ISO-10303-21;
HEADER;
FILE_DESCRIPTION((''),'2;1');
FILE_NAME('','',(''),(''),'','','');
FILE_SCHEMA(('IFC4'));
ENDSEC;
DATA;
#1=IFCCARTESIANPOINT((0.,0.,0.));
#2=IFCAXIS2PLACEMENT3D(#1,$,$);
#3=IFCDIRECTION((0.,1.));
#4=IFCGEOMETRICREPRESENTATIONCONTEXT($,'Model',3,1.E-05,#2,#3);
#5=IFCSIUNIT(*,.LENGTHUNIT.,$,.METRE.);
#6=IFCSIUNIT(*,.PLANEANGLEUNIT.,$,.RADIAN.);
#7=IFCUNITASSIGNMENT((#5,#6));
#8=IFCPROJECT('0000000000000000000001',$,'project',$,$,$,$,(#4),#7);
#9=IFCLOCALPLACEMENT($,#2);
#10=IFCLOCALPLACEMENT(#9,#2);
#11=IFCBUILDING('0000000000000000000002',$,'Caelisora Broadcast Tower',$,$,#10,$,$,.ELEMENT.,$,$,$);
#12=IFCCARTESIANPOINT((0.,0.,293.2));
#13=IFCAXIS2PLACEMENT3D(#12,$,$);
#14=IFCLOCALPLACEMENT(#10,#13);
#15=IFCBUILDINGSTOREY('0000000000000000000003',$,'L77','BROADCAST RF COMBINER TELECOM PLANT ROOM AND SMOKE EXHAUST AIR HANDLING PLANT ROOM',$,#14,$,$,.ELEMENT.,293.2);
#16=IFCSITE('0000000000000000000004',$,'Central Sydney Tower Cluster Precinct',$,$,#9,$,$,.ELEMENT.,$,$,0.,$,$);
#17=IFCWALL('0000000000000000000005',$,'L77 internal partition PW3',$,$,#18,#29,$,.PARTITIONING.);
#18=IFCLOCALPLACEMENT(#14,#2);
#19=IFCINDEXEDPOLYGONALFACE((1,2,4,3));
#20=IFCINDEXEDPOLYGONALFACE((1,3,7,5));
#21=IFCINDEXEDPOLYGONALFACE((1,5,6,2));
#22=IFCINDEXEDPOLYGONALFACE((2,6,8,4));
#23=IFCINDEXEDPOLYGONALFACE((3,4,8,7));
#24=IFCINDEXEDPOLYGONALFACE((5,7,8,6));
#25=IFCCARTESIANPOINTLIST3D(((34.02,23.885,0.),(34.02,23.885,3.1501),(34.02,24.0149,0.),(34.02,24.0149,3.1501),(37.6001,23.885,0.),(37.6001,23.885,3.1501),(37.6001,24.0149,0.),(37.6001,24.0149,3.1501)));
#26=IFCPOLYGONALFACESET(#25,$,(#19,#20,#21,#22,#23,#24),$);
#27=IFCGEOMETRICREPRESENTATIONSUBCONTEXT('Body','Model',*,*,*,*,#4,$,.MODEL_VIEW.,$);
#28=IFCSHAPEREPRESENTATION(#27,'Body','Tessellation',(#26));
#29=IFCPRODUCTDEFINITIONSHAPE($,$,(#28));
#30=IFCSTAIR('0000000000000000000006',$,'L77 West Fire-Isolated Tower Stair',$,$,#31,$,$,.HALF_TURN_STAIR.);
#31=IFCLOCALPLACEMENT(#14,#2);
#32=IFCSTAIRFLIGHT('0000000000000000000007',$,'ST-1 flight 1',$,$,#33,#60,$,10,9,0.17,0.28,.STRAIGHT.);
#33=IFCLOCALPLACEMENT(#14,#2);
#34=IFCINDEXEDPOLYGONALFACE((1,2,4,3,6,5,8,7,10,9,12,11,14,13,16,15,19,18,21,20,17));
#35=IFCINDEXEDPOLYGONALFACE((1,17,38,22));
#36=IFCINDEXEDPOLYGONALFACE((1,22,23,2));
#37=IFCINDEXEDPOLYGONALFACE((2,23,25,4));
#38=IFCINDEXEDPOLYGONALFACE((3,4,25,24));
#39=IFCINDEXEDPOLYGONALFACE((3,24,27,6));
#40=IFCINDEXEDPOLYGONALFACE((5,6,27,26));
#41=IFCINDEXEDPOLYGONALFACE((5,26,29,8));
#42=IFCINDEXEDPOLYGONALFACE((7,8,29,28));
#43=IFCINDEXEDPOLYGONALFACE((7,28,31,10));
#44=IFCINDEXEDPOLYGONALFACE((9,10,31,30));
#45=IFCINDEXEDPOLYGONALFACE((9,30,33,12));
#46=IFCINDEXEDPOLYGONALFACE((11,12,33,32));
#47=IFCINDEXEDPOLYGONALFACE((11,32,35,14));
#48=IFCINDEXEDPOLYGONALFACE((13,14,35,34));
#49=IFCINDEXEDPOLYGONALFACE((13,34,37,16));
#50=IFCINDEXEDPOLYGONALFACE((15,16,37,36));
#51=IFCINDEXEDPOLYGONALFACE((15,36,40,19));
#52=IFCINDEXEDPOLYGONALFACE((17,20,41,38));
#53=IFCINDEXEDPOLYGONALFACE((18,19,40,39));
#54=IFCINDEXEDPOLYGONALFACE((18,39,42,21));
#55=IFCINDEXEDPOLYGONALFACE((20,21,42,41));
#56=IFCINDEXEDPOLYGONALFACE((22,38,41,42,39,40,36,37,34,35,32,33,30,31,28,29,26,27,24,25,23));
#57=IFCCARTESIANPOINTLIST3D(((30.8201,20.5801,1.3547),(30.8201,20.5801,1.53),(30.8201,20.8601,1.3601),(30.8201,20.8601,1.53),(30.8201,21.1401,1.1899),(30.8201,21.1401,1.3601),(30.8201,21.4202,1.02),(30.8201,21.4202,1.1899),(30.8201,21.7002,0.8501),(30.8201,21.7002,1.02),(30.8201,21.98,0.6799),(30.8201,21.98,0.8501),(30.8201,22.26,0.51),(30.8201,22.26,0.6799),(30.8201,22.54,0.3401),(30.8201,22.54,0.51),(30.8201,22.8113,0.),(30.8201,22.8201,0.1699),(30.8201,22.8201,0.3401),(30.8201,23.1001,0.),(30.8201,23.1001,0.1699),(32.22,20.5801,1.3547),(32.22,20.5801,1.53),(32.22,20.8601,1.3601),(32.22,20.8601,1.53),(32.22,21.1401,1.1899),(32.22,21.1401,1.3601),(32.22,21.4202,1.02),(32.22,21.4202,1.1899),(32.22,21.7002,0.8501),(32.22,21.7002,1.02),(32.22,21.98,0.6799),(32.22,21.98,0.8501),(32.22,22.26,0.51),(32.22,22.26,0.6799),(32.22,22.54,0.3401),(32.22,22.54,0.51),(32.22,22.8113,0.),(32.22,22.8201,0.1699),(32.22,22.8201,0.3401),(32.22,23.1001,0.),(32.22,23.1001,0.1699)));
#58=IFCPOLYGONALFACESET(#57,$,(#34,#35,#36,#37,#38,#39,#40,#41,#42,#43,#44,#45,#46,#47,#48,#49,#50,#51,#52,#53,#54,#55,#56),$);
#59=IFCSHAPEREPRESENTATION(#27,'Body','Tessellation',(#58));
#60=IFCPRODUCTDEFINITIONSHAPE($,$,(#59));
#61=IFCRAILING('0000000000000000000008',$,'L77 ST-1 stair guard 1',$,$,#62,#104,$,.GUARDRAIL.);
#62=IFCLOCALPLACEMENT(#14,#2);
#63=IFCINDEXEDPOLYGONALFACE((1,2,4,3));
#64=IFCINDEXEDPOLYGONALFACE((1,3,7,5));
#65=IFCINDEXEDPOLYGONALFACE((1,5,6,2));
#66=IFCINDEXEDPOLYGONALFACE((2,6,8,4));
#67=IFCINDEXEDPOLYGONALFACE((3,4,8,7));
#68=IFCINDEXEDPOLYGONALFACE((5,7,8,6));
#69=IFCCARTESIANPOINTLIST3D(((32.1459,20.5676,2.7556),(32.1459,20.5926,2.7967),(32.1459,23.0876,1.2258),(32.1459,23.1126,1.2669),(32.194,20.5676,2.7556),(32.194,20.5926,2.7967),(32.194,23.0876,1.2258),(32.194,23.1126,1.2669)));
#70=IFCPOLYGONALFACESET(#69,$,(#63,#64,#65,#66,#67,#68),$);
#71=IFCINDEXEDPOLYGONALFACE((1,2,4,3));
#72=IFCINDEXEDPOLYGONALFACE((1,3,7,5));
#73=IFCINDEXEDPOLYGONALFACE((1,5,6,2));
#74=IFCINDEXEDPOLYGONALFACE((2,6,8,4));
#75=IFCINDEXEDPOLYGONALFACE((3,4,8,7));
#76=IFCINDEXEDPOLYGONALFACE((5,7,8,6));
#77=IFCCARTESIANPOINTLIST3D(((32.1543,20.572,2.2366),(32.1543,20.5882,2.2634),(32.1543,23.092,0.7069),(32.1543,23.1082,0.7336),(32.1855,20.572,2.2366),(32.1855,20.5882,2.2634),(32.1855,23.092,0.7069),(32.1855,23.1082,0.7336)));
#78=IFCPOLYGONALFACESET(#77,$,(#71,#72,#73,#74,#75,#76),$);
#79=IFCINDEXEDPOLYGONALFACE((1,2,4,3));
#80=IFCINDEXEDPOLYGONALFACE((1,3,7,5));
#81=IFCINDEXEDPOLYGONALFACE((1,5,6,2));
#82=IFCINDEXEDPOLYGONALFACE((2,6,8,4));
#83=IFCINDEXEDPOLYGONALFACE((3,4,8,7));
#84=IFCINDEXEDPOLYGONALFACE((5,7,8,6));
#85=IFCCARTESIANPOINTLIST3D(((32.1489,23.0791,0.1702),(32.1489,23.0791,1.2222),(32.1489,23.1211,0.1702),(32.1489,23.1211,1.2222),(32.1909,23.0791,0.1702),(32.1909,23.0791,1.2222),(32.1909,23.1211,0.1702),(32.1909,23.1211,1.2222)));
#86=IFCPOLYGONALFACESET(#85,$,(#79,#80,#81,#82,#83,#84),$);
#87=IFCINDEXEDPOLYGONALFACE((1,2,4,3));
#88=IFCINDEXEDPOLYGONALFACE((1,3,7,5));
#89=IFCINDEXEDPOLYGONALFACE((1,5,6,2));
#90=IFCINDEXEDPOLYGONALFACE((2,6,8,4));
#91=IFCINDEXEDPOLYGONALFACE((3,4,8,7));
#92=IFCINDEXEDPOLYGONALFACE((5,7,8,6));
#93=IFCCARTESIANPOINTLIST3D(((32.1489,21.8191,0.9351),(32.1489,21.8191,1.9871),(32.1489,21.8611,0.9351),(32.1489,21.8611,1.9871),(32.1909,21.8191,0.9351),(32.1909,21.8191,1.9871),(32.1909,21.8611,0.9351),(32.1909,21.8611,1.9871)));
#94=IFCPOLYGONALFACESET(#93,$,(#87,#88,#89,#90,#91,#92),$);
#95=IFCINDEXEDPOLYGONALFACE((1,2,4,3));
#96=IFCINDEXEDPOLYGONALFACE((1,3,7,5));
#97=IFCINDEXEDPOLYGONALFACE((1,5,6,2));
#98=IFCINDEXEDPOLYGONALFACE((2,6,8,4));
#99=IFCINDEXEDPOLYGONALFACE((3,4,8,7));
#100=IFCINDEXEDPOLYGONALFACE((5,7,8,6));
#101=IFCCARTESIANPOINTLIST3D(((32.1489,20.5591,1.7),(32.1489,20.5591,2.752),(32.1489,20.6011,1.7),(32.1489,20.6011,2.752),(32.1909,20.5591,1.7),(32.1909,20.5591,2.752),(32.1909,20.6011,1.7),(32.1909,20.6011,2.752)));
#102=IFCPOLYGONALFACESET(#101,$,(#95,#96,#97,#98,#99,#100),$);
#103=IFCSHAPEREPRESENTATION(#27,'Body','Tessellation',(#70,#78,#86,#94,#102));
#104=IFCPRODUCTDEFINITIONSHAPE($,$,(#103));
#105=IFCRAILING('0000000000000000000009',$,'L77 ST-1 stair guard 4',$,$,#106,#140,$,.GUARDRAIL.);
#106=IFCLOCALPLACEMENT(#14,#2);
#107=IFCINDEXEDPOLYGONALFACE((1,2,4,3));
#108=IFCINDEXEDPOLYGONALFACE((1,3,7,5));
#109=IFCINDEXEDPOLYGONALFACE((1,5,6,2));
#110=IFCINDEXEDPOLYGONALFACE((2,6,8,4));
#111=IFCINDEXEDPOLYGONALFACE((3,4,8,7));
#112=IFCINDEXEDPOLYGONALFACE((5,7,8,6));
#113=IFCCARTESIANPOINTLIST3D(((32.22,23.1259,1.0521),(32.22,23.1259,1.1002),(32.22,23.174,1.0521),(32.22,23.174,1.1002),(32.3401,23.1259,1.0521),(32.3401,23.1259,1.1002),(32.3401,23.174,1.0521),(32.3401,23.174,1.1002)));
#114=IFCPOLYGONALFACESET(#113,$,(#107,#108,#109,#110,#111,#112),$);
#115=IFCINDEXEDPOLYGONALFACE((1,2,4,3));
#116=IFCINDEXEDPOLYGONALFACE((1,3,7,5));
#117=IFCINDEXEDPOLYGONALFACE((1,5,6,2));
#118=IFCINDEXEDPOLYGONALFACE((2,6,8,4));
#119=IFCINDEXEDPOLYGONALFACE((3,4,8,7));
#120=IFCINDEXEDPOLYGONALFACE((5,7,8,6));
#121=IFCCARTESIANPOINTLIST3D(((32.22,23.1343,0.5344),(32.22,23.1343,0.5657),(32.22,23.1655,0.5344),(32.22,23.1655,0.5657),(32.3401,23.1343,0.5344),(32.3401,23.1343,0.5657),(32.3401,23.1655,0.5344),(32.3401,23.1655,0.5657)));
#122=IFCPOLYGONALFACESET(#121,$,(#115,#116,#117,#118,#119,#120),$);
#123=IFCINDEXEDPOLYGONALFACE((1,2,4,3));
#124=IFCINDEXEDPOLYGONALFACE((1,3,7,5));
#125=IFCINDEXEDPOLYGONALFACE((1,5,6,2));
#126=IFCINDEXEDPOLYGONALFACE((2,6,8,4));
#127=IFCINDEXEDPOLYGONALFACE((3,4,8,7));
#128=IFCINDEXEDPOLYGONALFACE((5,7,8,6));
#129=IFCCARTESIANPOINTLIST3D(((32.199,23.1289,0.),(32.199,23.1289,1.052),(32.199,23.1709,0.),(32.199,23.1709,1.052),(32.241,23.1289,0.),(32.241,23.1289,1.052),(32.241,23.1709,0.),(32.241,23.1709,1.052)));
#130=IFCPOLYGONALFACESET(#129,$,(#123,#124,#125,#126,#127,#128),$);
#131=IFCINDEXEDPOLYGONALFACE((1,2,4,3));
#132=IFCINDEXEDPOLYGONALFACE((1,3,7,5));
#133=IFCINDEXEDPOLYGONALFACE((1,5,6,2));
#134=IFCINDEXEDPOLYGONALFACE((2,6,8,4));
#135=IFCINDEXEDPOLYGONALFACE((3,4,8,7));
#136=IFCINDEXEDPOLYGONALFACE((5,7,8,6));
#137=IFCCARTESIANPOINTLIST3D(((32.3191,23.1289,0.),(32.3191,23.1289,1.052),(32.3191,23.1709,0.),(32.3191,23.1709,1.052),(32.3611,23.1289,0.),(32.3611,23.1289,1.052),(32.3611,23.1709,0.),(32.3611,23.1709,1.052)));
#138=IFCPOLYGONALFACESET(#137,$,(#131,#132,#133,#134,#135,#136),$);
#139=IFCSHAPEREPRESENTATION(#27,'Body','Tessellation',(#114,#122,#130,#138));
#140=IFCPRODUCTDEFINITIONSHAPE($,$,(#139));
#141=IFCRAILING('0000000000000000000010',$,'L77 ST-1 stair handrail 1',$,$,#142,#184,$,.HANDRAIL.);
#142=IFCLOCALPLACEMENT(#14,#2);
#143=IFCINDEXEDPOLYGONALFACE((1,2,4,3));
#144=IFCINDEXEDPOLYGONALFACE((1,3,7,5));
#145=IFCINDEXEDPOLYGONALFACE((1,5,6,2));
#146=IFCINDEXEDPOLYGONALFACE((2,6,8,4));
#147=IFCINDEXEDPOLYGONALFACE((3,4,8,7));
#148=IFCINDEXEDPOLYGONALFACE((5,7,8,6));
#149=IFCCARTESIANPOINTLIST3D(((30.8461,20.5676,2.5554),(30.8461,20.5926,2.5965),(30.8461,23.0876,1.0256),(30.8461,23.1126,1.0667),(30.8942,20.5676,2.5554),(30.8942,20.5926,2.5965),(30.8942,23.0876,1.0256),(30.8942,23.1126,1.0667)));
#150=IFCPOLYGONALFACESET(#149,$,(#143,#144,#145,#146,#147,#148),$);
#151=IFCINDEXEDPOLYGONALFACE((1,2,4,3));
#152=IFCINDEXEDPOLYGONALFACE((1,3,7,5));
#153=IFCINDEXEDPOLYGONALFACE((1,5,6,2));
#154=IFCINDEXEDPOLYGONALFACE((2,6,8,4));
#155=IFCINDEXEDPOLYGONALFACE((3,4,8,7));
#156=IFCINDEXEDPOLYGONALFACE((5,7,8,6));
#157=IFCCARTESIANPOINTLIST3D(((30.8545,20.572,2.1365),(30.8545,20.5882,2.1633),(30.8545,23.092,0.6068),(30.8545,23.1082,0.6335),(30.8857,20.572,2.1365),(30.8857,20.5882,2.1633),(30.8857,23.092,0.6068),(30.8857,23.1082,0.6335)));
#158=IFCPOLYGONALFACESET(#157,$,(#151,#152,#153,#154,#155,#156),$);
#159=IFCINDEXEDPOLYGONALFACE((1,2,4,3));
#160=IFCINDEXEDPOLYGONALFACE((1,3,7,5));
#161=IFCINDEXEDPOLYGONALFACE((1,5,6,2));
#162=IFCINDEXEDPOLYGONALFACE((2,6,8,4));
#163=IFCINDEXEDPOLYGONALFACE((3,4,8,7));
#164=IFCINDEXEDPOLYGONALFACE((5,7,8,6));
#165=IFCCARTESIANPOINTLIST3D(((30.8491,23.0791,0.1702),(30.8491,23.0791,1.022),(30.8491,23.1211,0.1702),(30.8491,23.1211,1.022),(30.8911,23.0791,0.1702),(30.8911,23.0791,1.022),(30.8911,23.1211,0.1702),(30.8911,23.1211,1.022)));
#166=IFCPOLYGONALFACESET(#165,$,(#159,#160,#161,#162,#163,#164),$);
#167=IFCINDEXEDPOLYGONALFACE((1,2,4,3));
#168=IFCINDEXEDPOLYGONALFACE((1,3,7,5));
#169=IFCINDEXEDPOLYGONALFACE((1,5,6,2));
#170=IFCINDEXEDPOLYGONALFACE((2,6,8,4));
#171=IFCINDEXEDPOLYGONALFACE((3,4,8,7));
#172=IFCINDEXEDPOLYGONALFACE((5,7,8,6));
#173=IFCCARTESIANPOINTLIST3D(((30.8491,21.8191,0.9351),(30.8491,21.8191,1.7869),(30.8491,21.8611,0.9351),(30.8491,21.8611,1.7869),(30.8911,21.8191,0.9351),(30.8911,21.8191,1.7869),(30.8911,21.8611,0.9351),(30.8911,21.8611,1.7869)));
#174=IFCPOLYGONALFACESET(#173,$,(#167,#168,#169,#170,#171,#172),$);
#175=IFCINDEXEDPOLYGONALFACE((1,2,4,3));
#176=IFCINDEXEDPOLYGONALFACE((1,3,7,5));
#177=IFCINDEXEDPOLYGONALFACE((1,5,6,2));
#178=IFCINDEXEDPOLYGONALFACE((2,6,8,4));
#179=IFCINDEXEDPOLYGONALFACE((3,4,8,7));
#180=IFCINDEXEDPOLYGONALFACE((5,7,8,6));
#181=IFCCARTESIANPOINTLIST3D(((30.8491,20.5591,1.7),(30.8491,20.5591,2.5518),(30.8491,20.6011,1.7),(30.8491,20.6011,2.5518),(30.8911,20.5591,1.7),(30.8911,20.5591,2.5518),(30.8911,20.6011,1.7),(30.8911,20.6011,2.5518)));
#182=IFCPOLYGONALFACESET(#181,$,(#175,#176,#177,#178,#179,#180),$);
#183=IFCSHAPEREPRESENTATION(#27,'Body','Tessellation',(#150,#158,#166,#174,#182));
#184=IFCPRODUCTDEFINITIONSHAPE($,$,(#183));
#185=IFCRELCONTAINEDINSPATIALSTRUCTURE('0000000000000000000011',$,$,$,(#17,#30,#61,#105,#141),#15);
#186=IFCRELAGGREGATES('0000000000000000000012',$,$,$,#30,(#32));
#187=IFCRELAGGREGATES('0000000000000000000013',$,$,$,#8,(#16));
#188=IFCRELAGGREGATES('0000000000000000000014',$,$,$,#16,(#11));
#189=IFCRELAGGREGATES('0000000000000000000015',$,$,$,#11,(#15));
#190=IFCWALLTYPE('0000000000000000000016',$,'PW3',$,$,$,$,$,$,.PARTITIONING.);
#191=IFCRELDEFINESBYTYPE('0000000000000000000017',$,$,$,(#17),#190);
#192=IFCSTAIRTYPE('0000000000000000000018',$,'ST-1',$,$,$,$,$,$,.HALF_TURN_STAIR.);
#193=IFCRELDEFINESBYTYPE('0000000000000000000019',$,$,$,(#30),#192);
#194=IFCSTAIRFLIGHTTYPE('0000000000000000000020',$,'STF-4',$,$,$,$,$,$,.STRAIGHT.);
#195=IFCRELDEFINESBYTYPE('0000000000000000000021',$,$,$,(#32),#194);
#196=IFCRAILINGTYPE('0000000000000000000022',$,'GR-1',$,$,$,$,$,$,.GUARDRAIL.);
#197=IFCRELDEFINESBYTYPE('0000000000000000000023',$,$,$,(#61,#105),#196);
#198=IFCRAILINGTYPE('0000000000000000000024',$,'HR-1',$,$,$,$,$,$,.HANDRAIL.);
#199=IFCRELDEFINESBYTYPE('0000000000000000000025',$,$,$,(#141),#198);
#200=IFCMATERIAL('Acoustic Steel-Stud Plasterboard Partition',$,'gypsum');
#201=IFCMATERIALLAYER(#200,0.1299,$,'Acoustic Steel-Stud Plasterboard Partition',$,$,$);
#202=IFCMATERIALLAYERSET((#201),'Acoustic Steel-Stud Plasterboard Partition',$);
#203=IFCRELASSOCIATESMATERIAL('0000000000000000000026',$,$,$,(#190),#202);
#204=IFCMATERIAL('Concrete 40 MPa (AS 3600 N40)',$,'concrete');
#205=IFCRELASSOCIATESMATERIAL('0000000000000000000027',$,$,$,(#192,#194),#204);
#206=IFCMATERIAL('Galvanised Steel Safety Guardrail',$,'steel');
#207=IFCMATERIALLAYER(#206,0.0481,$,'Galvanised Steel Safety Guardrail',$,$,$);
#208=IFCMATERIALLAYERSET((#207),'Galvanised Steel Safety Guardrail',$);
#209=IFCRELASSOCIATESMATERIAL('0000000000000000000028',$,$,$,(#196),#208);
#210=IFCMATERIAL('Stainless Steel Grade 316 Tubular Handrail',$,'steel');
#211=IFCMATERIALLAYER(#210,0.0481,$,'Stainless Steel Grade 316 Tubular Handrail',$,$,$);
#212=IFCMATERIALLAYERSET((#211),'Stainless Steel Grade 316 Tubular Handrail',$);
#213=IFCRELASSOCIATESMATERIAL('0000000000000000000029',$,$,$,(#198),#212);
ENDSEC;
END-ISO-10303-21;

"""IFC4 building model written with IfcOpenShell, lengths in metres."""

from ifc_helpers import new_model, si_unit, direction, frame, frame_2d, origin, origin_2d, place, context, subcontext, project, spatial, polyline, rectangle, outline, extrude, material, layer, layer_set, type_object, element, aggregate, save


model = new_model("IFC4")

# Units and contexts
model_context = context("Model", 3, precision=1e-05, world=origin(), true_north=direction((0.0, 1.0)))
body_context = subcontext(model_context, "Body", "Model", "MODEL_VIEW")
ifc_project = project(units=[si_unit("LENGTHUNIT", "METRE"), si_unit("PLANEANGLEUNIT", "RADIAN")], contexts=[model_context])

# Site, building, storey
site_placement = place(None, origin())
site = spatial("IfcSite", under=ifc_project, at=site_placement, Name="Central Sydney Tower Cluster Precinct", CompositionType="ELEMENT", RefElevation=0.0)
building_placement = place(site_placement, origin())
building = spatial("IfcBuilding", under=site, at=building_placement, Name="Caelisora Broadcast Tower", CompositionType="ELEMENT")
storey_placement = place(building_placement, frame((0.0, 0.0, 293.2)))
storey = spatial("IfcBuildingStorey", under=building, at=storey_placement, Name="L77", Description="BROADCAST RF COMBINER TELECOM PLANT ROOM AND SMOKE EXHAUST AIR HANDLING PLANT ROOM", CompositionType="ELEMENT", Elevation=293.2)

# Shared definitions
ifc_material_1 = material(Name="Concrete 40 MPa (AS 3600 N40)", Category="concrete")

# Wall
ifc_material_2 = material(Name="Acoustic Steel-Stud Plasterboard Partition", Category="gypsum")
ifc_layer_1 = layer(ifc_material_2, 0.1299, Name="Acoustic Steel-Stud Plasterboard Partition")
ifc_layer_set_1 = layer_set([ifc_layer_1], Name="Acoustic Steel-Stud Plasterboard Partition")
wall_type_1 = type_object("IfcWallType", Name="PW3", PredefinedType="PARTITIONING", material=ifc_layer_set_1)
wall_1_placement = place(storey_placement, frame((34.02, 23.95, 0.0), z_axis=(0.0, 0.0, 1.0), x_axis=(1.0, 0.0, 0.0)))
element("IfcWall", 1, at=wall_1_placement, inside=storey, type_object=wall_type_1, Name="L77 internal partition PW3", PredefinedType="PARTITIONING", context=body_context, shape_type="SweptSolid", body=[
    extrude(rectangle(XDim=3.5801, YDim=0.1299, at=frame_2d((1.79, 0.0))), origin(), (0.0, 0.0, 1.0), 3.1501),
])

# Stair, stair flight
stair_type = type_object("IfcStairType", Name="ST-1", PredefinedType="HALF_TURN_STAIR", material=ifc_material_1)
stair_placement = place(storey_placement, origin())
stair = element("IfcStair", 2, at=stair_placement, inside=storey, type_object=stair_type, Name="L77 West Fire-Isolated Tower Stair", PredefinedType="HALF_TURN_STAIR")
stair_flight_type = type_object("IfcStairFlightType", Name="STF-4", PredefinedType="STRAIGHT", material=ifc_material_1)
stair_flight_placement = place(storey_placement, frame((31.52, 23.1001, 0.0), z_axis=(0.0, 0.0, 1.0), x_axis=(0.0, -1.0, 0.0)))
stair_flight = element("IfcStairFlight", 3, at=stair_flight_placement, type_object=stair_flight_type, Name="ST-1 flight 1", NumberOfRisers=10, NumberOfTreads=9, PredefinedType="STRAIGHT", RiserHeight=0.17, TreadLength=0.28, context=body_context, shape_type="SweptSolid", body=[
    extrude(outline(polyline([(0.0, 0.0), (0.0, 0.1699), (0.28, 0.1699), (0.28, 0.3401), (0.5601, 0.3401), (0.5601, 0.51), (0.8401, 0.51), (0.8401, 0.6799), (1.1201, 0.6799), (1.1201, 0.8501), (1.3999, 0.8501), (1.3999, 1.02), (1.6799, 1.02), (1.6799, 1.1899), (1.96, 1.1899), (1.96, 1.3601), (2.24, 1.3601), (2.24, 1.53), (2.52, 1.53), (2.52, 1.7), (2.52, 1.3547), (0.2888, 0.0), (0.0, 0.0)])), frame((0.0, 0.7, 0.0), z_axis=(0.0, -1.0, 0.0), x_axis=(1.0, 0.0, 0.0)), (0.0, 0.0, 1.0), 1.3999),
])
aggregate(stair, [stair_flight])

# Railings
ifc_material_3 = material(Name="Galvanised Steel Safety Guardrail", Category="steel")
ifc_layer_2 = layer(ifc_material_3, 0.0481, Name="Galvanised Steel Safety Guardrail")
ifc_layer_set_2 = layer_set([ifc_layer_2], Name="Galvanised Steel Safety Guardrail")
railing_type_1 = type_object("IfcRailingType", Name="GR-1", PredefinedType="GUARDRAIL", material=ifc_layer_set_2)
railing_1_placement = place(storey_placement, frame((32.1699, 23.1001, 0.1702)))
element("IfcRailing", 4, at=railing_1_placement, inside=storey, type_object=railing_type_1, Name="L77 ST-1 stair guard 1", PredefinedType="GUARDRAIL", context=body_context, shape_type="SweptSolid", body=[
    extrude(rectangle(XDim=0.0481, YDim=0.0481, at=origin_2d()), frame((0.0, 0.0, 1.0762), z_axis=(0.0, -0.854822, 0.518922), x_axis=(1.0, 0.0, 0.0)), (0.0, 0.0, 1.0), 2.948),
    extrude(rectangle(XDim=0.0312, YDim=0.0312, at=origin_2d()), frame((0.0, 0.0, 0.55), z_axis=(0.0, -0.854822, 0.518922), x_axis=(1.0, 0.0, 0.0)), (0.0, 0.0, 1.0), 2.948),
    extrude(rectangle(XDim=0.042, YDim=0.042, at=origin_2d()), origin(), (0.0, 0.0, 1.0), 1.052),
    extrude(rectangle(XDim=0.042, YDim=0.042, at=origin_2d()), frame((0.0, -1.26, 0.7649)), (0.0, 0.0, 1.0), 1.052),
    extrude(rectangle(XDim=0.042, YDim=0.042, at=origin_2d()), frame((0.0, -2.52, 1.5298)), (0.0, 0.0, 1.0), 1.052),
])
railing_2_placement = place(storey_placement, frame((32.22, 23.1499, 0.0)))
element("IfcRailing", 5, at=railing_2_placement, inside=storey, type_object=railing_type_1, Name="L77 ST-1 stair guard 4", PredefinedType="GUARDRAIL", context=body_context, shape_type="SweptSolid", body=[
    extrude(rectangle(XDim=0.0481, YDim=0.0481, at=origin_2d()), frame((0.0, 0.0, 1.0762), z_axis=(1.0, 0.0, 0.0), x_axis=(0.0, 1.0, 0.0)), (0.0, 0.0, 1.0), 0.1201),
    extrude(rectangle(XDim=0.0312, YDim=0.0312, at=origin_2d()), frame((0.0, 0.0, 0.55), z_axis=(1.0, 0.0, 0.0), x_axis=(0.0, 1.0, 0.0)), (0.0, 0.0, 1.0), 0.1201),
    extrude(rectangle(XDim=0.042, YDim=0.042, at=origin_2d()), origin(), (0.0, 0.0, 1.0), 1.052),
    extrude(rectangle(XDim=0.042, YDim=0.042, at=origin_2d()), frame((0.1201, 0.0, 0.0)), (0.0, 0.0, 1.0), 1.052),
])
ifc_material_4 = material(Name="Stainless Steel Grade 316 Tubular Handrail", Category="steel")
ifc_layer_3 = layer(ifc_material_4, 0.0481, Name="Stainless Steel Grade 316 Tubular Handrail")
ifc_layer_set_3 = layer_set([ifc_layer_3], Name="Stainless Steel Grade 316 Tubular Handrail")
railing_type_2 = type_object("IfcRailingType", Name="HR-1", PredefinedType="HANDRAIL", material=ifc_layer_set_3)
railing_3_placement = place(storey_placement, frame((30.8701, 23.1001, 0.1702)))
element("IfcRailing", 6, at=railing_3_placement, inside=storey, type_object=railing_type_2, Name="L77 ST-1 stair handrail 1", PredefinedType="HANDRAIL", context=body_context, shape_type="SweptSolid", body=[
    extrude(rectangle(XDim=0.0481, YDim=0.0481, at=origin_2d()), frame((0.0, 0.0, 0.876), z_axis=(0.0, -0.854822, 0.518922), x_axis=(1.0, 0.0, 0.0)), (0.0, 0.0, 1.0), 2.948),
    extrude(rectangle(XDim=0.0312, YDim=0.0312, at=origin_2d()), frame((0.0, 0.0, 0.45), z_axis=(0.0, -0.854822, 0.518922), x_axis=(1.0, 0.0, 0.0)), (0.0, 0.0, 1.0), 2.948),
    extrude(rectangle(XDim=0.042, YDim=0.042, at=origin_2d()), origin(), (0.0, 0.0, 1.0), 0.8518),
    extrude(rectangle(XDim=0.042, YDim=0.042, at=origin_2d()), frame((0.0, -1.26, 0.7649)), (0.0, 0.0, 1.0), 0.8518),
    extrude(rectangle(XDim=0.042, YDim=0.042, at=origin_2d()), frame((0.0, -2.52, 1.5298)), (0.0, 0.0, 1.0), 0.8518),
])

save(model, "model.ifc")
